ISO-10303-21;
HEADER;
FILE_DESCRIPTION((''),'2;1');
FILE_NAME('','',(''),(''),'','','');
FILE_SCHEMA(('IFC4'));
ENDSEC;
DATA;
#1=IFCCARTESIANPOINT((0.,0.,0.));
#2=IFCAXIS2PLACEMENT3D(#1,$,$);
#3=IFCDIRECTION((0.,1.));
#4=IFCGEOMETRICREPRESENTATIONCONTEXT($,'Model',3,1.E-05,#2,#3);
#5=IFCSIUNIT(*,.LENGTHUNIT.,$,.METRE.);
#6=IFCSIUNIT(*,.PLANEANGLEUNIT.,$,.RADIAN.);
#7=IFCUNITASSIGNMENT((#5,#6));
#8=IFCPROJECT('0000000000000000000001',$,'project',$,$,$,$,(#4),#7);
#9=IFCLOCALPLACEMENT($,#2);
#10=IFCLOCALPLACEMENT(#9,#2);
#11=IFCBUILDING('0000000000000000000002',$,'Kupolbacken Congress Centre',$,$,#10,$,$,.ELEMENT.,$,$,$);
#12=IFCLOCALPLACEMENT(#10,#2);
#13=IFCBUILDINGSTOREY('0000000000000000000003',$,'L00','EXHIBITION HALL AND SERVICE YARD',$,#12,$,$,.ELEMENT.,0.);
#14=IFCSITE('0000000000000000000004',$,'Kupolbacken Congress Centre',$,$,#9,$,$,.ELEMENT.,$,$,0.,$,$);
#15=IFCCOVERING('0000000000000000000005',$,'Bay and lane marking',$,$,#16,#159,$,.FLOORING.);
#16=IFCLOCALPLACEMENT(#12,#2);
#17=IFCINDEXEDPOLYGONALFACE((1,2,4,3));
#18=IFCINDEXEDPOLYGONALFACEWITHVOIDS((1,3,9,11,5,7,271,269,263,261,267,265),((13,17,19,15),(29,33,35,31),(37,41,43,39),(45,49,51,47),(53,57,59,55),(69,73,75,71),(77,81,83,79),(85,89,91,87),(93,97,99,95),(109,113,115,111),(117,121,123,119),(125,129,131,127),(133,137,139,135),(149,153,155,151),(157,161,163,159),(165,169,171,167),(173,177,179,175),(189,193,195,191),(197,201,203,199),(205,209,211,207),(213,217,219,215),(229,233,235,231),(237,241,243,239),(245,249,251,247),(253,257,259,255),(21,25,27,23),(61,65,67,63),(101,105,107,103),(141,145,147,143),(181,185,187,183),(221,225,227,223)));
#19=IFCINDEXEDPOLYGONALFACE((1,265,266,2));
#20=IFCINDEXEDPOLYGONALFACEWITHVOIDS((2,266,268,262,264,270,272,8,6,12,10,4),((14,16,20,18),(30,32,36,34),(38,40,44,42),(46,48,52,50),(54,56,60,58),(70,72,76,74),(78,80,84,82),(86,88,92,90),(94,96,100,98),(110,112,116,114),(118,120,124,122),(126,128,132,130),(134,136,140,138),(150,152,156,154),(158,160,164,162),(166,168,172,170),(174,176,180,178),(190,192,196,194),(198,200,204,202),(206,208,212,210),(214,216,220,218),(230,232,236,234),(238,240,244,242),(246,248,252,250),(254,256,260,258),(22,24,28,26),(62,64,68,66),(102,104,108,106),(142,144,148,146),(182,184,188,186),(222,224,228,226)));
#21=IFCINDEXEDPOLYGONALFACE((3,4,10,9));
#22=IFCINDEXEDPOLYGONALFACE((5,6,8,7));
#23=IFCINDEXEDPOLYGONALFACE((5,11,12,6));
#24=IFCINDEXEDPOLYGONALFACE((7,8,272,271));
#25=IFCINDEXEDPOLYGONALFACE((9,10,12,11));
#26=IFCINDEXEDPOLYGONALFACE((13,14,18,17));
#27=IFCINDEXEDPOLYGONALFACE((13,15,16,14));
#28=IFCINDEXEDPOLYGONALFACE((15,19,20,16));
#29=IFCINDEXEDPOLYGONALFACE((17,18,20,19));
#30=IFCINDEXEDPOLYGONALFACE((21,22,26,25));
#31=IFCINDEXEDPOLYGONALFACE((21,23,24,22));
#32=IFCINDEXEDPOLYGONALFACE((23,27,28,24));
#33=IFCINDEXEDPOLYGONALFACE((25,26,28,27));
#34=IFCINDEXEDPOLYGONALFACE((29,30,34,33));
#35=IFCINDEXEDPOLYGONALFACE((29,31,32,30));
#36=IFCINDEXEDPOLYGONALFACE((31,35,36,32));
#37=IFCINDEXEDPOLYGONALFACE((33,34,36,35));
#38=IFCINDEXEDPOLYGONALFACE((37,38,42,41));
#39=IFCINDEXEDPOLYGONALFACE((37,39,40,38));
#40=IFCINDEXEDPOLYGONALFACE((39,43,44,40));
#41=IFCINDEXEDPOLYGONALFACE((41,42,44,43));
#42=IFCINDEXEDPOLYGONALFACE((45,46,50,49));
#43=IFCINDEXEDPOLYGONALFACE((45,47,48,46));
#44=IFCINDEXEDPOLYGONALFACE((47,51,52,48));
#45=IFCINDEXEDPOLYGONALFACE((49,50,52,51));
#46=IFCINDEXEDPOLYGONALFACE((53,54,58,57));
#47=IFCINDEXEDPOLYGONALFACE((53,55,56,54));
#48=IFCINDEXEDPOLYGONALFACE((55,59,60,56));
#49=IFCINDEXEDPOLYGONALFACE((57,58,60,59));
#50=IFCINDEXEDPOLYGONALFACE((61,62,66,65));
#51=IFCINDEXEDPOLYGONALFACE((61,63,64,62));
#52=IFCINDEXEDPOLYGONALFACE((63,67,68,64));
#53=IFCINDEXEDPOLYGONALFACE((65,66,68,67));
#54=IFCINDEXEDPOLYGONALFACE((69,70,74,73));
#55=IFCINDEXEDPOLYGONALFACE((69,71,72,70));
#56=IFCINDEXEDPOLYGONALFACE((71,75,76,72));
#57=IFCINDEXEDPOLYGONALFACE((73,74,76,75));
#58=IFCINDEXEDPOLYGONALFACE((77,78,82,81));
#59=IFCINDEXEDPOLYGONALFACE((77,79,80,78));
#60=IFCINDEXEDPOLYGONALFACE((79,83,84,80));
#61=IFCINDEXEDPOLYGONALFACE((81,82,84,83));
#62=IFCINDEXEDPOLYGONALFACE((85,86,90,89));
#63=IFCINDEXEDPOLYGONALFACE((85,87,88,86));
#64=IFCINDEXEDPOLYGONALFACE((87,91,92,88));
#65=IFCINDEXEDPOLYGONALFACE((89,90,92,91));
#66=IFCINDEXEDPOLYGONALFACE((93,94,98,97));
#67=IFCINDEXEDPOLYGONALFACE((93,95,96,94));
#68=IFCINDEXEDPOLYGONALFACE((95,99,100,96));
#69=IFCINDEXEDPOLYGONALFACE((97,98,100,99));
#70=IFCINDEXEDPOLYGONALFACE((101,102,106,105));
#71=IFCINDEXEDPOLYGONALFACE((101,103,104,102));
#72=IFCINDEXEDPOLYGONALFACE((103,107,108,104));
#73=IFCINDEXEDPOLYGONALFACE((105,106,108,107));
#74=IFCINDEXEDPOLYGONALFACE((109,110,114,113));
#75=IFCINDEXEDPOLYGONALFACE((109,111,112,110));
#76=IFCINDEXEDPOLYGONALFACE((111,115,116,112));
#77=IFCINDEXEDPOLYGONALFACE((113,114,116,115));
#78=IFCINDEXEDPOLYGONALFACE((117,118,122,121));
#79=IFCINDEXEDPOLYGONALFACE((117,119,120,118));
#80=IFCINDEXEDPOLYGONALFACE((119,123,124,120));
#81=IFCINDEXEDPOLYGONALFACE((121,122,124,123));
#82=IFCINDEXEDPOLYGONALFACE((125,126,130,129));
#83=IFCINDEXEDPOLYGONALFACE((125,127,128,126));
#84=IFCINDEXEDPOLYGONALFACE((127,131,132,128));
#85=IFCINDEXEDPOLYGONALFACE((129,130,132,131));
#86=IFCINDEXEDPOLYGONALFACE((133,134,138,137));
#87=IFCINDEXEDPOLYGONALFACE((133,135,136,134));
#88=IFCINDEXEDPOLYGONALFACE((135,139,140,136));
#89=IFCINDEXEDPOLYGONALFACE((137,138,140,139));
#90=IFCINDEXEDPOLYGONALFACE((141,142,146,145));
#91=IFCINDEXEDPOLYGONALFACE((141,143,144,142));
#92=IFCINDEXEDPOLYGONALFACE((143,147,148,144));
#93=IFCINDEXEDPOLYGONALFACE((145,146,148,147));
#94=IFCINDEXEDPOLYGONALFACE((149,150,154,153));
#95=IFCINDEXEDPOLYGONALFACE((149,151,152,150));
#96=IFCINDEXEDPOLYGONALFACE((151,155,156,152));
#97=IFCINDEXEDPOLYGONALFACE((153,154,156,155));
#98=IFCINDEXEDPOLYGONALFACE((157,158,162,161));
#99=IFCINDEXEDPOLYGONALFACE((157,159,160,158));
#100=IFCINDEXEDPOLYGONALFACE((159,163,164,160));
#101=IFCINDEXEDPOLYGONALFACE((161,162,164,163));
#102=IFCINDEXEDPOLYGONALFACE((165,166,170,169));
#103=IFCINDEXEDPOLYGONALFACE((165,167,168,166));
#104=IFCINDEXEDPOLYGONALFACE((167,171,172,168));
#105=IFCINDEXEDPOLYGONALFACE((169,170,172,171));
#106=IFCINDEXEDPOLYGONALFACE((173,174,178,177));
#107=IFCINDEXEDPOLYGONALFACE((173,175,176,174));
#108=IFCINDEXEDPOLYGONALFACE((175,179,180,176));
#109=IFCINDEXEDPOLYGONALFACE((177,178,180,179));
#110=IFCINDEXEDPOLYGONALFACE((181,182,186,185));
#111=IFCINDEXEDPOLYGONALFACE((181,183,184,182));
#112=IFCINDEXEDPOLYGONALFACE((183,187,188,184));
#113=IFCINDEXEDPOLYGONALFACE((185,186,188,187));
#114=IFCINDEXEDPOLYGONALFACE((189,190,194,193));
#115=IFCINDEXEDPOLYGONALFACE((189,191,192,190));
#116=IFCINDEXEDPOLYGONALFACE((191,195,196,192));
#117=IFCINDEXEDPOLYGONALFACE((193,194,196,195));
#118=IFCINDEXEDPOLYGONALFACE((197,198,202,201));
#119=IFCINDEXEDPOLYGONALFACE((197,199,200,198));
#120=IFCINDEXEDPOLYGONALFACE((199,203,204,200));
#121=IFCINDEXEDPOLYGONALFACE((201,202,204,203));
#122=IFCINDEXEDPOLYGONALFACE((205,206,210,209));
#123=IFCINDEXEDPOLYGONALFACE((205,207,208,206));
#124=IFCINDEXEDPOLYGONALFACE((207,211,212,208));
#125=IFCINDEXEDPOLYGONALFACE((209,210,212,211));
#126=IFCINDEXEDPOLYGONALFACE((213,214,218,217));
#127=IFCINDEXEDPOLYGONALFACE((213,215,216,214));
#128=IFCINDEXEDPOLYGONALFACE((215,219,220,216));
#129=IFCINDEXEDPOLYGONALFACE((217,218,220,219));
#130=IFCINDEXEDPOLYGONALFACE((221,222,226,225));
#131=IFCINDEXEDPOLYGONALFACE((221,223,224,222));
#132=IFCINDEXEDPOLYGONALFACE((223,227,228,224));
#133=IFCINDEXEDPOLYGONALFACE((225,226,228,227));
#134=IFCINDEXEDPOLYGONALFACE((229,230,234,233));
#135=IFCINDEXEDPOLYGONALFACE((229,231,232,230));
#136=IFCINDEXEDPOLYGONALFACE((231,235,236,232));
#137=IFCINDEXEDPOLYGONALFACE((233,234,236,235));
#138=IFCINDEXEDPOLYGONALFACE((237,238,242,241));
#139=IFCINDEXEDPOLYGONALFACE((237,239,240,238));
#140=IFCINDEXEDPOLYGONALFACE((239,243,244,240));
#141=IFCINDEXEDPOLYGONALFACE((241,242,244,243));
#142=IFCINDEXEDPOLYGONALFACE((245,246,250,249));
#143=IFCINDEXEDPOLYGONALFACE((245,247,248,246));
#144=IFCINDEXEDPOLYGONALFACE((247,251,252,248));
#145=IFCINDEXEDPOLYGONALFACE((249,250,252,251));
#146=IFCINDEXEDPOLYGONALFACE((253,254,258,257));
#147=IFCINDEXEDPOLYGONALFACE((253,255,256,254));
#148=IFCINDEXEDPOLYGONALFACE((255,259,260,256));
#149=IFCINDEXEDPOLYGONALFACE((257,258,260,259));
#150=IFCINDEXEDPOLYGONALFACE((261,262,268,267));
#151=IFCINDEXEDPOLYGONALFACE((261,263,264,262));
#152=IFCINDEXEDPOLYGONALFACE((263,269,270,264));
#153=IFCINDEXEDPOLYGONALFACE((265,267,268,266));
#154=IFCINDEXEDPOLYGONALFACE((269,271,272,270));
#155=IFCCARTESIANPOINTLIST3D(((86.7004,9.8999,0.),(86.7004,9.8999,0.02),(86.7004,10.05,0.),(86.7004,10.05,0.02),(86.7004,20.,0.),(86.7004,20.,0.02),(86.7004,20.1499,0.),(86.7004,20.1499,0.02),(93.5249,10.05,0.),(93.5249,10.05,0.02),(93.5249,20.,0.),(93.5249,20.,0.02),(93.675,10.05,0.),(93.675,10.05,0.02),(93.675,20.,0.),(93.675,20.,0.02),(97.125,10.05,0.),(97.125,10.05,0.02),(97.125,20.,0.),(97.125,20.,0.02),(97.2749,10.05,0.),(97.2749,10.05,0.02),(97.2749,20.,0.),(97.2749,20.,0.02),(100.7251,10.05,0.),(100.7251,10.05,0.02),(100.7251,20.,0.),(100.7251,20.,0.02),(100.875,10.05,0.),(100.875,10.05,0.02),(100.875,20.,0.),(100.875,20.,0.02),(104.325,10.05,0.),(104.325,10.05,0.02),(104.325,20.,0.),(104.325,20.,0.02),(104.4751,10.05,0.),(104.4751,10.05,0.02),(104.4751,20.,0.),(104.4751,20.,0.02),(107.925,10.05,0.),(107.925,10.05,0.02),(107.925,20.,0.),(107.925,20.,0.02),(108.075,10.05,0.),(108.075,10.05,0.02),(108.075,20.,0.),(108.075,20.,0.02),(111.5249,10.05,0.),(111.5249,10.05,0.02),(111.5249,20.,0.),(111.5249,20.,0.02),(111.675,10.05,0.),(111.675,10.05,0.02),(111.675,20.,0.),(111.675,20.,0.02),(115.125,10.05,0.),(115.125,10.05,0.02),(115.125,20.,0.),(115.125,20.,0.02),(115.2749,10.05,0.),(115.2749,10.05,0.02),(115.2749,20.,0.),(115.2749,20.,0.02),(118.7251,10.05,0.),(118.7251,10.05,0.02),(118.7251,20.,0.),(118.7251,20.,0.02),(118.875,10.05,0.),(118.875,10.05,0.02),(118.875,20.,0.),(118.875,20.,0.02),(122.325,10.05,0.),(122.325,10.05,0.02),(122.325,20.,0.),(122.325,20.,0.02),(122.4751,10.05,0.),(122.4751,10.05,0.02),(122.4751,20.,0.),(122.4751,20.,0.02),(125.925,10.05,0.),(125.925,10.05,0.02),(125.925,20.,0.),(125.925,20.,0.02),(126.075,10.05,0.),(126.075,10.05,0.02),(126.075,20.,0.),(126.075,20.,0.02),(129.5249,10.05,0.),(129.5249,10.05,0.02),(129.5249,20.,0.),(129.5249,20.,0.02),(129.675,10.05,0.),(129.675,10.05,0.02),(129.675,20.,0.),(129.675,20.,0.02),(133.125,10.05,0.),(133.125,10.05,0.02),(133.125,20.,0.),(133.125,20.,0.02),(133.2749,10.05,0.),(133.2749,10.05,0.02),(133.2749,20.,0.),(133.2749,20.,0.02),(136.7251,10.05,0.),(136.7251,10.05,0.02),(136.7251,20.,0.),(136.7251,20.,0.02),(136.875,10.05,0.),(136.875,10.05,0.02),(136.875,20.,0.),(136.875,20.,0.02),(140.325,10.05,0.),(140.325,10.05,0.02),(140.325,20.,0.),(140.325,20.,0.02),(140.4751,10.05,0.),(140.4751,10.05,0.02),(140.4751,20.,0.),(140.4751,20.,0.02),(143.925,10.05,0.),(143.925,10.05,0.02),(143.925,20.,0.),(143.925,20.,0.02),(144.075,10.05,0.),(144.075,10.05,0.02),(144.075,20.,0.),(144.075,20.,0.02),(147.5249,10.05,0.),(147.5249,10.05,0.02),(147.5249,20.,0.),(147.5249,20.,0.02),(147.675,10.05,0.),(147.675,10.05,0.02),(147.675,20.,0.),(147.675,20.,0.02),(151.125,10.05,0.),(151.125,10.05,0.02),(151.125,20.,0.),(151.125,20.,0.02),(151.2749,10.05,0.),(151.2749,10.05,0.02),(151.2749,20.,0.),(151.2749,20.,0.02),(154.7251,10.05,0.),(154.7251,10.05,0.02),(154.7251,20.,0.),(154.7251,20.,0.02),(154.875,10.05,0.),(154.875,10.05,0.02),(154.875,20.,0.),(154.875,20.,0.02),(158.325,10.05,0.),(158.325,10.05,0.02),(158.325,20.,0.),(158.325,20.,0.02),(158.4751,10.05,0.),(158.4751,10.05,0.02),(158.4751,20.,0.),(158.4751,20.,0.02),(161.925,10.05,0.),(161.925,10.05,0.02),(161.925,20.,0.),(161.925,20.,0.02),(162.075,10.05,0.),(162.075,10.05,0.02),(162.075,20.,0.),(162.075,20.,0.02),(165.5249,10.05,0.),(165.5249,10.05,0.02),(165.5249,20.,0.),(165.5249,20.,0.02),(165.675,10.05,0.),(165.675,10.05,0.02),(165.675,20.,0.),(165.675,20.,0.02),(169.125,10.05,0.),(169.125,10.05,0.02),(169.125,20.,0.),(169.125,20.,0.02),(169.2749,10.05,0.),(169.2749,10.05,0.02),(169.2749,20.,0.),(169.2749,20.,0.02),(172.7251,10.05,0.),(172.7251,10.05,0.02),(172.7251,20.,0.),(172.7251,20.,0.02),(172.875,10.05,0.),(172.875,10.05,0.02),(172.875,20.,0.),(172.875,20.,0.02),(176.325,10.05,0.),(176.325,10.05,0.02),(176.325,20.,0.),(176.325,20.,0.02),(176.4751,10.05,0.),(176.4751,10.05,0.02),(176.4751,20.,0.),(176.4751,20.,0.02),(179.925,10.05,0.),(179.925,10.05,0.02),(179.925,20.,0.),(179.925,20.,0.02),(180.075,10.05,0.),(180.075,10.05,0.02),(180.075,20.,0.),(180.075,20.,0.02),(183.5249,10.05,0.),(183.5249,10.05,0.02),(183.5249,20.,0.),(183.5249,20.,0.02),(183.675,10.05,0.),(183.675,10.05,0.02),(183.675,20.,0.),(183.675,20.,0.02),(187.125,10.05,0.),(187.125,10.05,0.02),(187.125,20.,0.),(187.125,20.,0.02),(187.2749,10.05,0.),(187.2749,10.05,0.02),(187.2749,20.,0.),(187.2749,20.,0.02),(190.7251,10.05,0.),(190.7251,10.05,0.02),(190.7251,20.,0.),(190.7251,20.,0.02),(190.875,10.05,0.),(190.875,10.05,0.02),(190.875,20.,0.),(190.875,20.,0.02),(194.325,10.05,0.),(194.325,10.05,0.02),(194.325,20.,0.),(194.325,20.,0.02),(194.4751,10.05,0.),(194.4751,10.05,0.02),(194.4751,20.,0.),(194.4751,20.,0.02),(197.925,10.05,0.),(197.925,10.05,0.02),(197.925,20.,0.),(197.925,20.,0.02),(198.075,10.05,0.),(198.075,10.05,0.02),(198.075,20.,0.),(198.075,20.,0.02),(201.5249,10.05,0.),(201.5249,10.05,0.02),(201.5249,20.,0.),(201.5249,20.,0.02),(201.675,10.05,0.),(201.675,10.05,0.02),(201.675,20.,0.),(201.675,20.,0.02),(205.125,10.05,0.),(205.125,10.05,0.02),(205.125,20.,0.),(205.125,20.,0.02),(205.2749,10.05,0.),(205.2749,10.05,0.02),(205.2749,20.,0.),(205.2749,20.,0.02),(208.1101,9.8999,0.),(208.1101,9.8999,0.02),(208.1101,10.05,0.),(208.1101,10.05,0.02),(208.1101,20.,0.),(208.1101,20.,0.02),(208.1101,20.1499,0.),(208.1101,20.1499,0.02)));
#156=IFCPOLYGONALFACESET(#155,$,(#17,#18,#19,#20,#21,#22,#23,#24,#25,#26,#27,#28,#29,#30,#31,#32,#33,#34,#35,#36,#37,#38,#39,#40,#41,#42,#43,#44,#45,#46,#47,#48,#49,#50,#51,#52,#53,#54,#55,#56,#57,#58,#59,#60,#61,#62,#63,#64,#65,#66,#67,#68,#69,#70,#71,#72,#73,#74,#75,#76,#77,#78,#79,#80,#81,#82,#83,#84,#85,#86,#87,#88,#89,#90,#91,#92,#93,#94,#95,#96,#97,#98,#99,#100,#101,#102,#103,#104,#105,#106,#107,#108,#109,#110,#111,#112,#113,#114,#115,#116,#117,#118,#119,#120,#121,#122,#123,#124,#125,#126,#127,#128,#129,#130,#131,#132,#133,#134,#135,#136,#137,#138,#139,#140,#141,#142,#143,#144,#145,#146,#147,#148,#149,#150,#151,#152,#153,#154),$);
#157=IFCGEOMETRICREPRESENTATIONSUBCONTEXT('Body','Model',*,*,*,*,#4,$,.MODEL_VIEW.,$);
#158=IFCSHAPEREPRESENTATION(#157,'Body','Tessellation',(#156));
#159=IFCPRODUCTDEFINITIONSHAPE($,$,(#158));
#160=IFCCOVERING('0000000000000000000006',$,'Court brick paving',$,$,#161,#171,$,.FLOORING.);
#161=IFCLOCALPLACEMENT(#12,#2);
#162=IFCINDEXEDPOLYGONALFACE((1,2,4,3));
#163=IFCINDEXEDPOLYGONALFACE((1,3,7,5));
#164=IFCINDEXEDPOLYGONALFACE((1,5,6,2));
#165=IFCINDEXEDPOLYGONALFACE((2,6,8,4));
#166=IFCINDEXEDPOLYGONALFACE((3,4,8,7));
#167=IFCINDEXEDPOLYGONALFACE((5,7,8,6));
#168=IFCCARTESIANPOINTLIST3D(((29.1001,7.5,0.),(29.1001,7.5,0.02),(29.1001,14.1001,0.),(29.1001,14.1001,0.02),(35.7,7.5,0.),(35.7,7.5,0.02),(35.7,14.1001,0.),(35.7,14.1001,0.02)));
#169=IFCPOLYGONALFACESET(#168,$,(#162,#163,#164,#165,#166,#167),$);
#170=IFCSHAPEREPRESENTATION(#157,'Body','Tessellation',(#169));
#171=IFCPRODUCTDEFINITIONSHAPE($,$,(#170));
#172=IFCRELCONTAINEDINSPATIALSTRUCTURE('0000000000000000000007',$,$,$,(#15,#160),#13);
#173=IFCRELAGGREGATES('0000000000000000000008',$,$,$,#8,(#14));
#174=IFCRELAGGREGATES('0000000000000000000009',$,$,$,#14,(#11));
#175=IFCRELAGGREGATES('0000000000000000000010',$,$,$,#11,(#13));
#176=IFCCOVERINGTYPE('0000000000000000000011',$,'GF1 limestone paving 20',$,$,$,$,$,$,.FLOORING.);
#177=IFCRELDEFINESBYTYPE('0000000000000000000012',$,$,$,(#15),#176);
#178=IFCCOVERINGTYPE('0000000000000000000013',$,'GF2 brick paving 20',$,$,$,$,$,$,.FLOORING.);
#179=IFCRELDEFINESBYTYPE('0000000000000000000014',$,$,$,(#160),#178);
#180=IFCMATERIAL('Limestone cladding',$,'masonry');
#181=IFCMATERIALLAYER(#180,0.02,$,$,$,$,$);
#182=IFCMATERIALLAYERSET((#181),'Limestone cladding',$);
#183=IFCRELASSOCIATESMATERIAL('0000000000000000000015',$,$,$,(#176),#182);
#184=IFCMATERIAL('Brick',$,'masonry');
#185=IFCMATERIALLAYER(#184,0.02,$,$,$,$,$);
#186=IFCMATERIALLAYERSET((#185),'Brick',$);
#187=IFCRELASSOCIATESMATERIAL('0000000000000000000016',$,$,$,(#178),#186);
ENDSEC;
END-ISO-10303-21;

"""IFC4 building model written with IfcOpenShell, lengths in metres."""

from ifc_helpers import new_model, si_unit, direction, origin, place, context, subcontext, project, spatial, polyline, outline, extrude, material, layer, layer_set, type_object, element, save


model = new_model("IFC4")

# Units and contexts
model_context = context("Model", 3, precision=1e-05, world=origin(), true_north=direction((0.0, 1.0)))
body_context = subcontext(model_context, "Body", "Model", "MODEL_VIEW")
ifc_project = project(units=[si_unit("LENGTHUNIT", "METRE"), si_unit("PLANEANGLEUNIT", "RADIAN")], contexts=[model_context])

# Site, building, storey
site_placement = place(None, origin())
site = spatial("IfcSite", under=ifc_project, at=site_placement, Name="Kupolbacken Congress Centre", CompositionType="ELEMENT", RefElevation=0.0)
building_placement = place(site_placement, origin())
building = spatial("IfcBuilding", under=site, at=building_placement, Name="Kupolbacken Congress Centre", CompositionType="ELEMENT")
storey_placement = place(building_placement, origin())
storey = spatial("IfcBuildingStorey", under=building, at=storey_placement, Name="L00", Description="EXHIBITION HALL AND SERVICE YARD", CompositionType="ELEMENT", Elevation=0.0)

# Coverings
ifc_material_1 = material(Name="Limestone cladding", Category="masonry")
ifc_layer_1 = layer(ifc_material_1, 0.02)
ifc_layer_set_1 = layer_set([ifc_layer_1], Name="Limestone cladding")
covering_type_1 = type_object("IfcCoveringType", Name="GF1 limestone paving 20", PredefinedType="FLOORING", material=ifc_layer_set_1)
covering_1_placement = place(storey_placement, origin())
element("IfcCovering", 1, at=covering_1_placement, inside=storey, type_object=covering_type_1, Name="Bay and lane marking", PredefinedType="FLOORING", context=body_context, shape_type="SweptSolid", body=[
    extrude(outline(polyline([(93.5249, 20.0), (86.7004, 20.0), (86.7004, 20.1499), (208.1101, 20.1499), (208.1101, 20.0), (205.2749, 20.0), (205.2749, 10.05), (208.1101, 10.05), (208.1101, 9.8999), (86.7004, 9.8999), (86.7004, 10.05), (93.5249, 10.05), (93.5249, 20.0)]), holes=[polyline([(201.675, 10.05), (205.125, 10.05), (205.125, 20.0), (201.675, 20.0), (201.675, 10.05)]), polyline([(198.075, 10.05), (201.5249, 10.05), (201.5249, 20.0), (198.075, 20.0), (198.075, 10.05)]), polyline([(194.4751, 10.05), (197.925, 10.05), (197.925, 20.0), (194.4751, 20.0), (194.4751, 10.05)]), polyline([(190.875, 10.05), (194.325, 10.05), (194.325, 20.0), (190.875, 20.0), (190.875, 10.05)]), polyline([(187.2749, 10.05), (190.7251, 10.05), (190.7251, 20.0), (187.2749, 20.0), (187.2749, 10.05)]), polyline([(183.675, 10.05), (187.125, 10.05), (187.125, 20.0), (183.675, 20.0), (183.675, 10.05)]), polyline([(180.075, 10.05), (183.5249, 10.05), (183.5249, 20.0), (180.075, 20.0), (180.075, 10.05)]), polyline([(176.4751, 10.05), (179.925, 10.05), (179.925, 20.0), (176.4751, 20.0), (176.4751, 10.05)]), polyline([(172.875, 10.05), (176.325, 10.05), (176.325, 20.0), (172.875, 20.0), (172.875, 10.05)]), polyline([(169.2749, 10.05), (172.7251, 10.05), (172.7251, 20.0), (169.2749, 20.0), (169.2749, 10.05)]), polyline([(165.675, 10.05), (169.125, 10.05), (169.125, 20.0), (165.675, 20.0), (165.675, 10.05)]), polyline([(162.075, 10.05), (165.5249, 10.05), (165.5249, 20.0), (162.075, 20.0), (162.075, 10.05)]), polyline([(158.4751, 10.05), (161.925, 10.05), (161.925, 20.0), (158.4751, 20.0), (158.4751, 10.05)]), polyline([(154.875, 10.05), (158.325, 10.05), (158.325, 20.0), (154.875, 20.0), (154.875, 10.05)]), polyline([(151.2749, 10.05), (154.7251, 10.05), (154.7251, 20.0), (151.2749, 20.0), (151.2749, 10.05)]), polyline([(147.675, 10.05), (151.125, 10.05), (151.125, 20.0), (147.675, 20.0), (147.675, 10.05)]), polyline([(144.075, 10.05), (147.5249, 10.05), (147.5249, 20.0), (144.075, 20.0), (144.075, 10.05)]), polyline([(93.675, 20.0), (93.675, 10.05), (97.125, 10.05), (97.125, 20.0), (93.675, 20.0)]), polyline([(97.2749, 20.0), (97.2749, 10.05), (100.7251, 10.05), (100.7251, 20.0), (97.2749, 20.0)]), polyline([(100.875, 20.0), (100.875, 10.05), (104.325, 10.05), (104.325, 20.0), (100.875, 20.0)]), polyline([(104.4751, 20.0), (104.4751, 10.05), (107.925, 10.05), (107.925, 20.0), (104.4751, 20.0)]), polyline([(108.075, 20.0), (108.075, 10.05), (111.5249, 10.05), (111.5249, 20.0), (108.075, 20.0)]), polyline([(111.675, 20.0), (111.675, 10.05), (115.125, 10.05), (115.125, 20.0), (111.675, 20.0)]), polyline([(115.2749, 20.0), (115.2749, 10.05), (118.7251, 10.05), (118.7251, 20.0), (115.2749, 20.0)]), polyline([(118.875, 20.0), (118.875, 10.05), (122.325, 10.05), (122.325, 20.0), (118.875, 20.0)]), polyline([(125.925, 20.0), (122.4751, 20.0), (122.4751, 10.05), (125.925, 10.05), (125.925, 20.0)]), polyline([(129.5249, 20.0), (126.075, 20.0), (126.075, 10.05), (129.5249, 10.05), (129.5249, 20.0)]), polyline([(133.125, 20.0), (129.675, 20.0), (129.675, 10.05), (133.125, 10.05), (133.125, 20.0)]), polyline([(136.7251, 20.0), (133.2749, 20.0), (133.2749, 10.05), (136.7251, 10.05), (136.7251, 20.0)]), polyline([(140.325, 20.0), (136.875, 20.0), (136.875, 10.05), (140.325, 10.05), (140.325, 20.0)]), polyline([(143.925, 20.0), (140.4751, 20.0), (140.4751, 10.05), (143.925, 10.05), (143.925, 20.0)])]), origin(), (0.0, 0.0, 1.0), 0.02),
])
ifc_material_2 = material(Name="Brick", Category="masonry")
ifc_layer_2 = layer(ifc_material_2, 0.02)
ifc_layer_set_2 = layer_set([ifc_layer_2], Name="Brick")
covering_type_2 = type_object("IfcCoveringType", Name="GF2 brick paving 20", PredefinedType="FLOORING", material=ifc_layer_set_2)
covering_2_placement = place(storey_placement, origin())
element("IfcCovering", 2, at=covering_2_placement, inside=storey, type_object=covering_type_2, Name="Court brick paving", PredefinedType="FLOORING", context=body_context, shape_type="SweptSolid", body=[
    extrude(outline(polyline([(35.7, 7.5), (29.1001, 7.5), (29.1001, 14.1001), (35.7, 14.1001), (35.7, 7.5)])), origin(), (0.0, 0.0, 1.0), 0.02),
])

save(model, "model.ifc")
